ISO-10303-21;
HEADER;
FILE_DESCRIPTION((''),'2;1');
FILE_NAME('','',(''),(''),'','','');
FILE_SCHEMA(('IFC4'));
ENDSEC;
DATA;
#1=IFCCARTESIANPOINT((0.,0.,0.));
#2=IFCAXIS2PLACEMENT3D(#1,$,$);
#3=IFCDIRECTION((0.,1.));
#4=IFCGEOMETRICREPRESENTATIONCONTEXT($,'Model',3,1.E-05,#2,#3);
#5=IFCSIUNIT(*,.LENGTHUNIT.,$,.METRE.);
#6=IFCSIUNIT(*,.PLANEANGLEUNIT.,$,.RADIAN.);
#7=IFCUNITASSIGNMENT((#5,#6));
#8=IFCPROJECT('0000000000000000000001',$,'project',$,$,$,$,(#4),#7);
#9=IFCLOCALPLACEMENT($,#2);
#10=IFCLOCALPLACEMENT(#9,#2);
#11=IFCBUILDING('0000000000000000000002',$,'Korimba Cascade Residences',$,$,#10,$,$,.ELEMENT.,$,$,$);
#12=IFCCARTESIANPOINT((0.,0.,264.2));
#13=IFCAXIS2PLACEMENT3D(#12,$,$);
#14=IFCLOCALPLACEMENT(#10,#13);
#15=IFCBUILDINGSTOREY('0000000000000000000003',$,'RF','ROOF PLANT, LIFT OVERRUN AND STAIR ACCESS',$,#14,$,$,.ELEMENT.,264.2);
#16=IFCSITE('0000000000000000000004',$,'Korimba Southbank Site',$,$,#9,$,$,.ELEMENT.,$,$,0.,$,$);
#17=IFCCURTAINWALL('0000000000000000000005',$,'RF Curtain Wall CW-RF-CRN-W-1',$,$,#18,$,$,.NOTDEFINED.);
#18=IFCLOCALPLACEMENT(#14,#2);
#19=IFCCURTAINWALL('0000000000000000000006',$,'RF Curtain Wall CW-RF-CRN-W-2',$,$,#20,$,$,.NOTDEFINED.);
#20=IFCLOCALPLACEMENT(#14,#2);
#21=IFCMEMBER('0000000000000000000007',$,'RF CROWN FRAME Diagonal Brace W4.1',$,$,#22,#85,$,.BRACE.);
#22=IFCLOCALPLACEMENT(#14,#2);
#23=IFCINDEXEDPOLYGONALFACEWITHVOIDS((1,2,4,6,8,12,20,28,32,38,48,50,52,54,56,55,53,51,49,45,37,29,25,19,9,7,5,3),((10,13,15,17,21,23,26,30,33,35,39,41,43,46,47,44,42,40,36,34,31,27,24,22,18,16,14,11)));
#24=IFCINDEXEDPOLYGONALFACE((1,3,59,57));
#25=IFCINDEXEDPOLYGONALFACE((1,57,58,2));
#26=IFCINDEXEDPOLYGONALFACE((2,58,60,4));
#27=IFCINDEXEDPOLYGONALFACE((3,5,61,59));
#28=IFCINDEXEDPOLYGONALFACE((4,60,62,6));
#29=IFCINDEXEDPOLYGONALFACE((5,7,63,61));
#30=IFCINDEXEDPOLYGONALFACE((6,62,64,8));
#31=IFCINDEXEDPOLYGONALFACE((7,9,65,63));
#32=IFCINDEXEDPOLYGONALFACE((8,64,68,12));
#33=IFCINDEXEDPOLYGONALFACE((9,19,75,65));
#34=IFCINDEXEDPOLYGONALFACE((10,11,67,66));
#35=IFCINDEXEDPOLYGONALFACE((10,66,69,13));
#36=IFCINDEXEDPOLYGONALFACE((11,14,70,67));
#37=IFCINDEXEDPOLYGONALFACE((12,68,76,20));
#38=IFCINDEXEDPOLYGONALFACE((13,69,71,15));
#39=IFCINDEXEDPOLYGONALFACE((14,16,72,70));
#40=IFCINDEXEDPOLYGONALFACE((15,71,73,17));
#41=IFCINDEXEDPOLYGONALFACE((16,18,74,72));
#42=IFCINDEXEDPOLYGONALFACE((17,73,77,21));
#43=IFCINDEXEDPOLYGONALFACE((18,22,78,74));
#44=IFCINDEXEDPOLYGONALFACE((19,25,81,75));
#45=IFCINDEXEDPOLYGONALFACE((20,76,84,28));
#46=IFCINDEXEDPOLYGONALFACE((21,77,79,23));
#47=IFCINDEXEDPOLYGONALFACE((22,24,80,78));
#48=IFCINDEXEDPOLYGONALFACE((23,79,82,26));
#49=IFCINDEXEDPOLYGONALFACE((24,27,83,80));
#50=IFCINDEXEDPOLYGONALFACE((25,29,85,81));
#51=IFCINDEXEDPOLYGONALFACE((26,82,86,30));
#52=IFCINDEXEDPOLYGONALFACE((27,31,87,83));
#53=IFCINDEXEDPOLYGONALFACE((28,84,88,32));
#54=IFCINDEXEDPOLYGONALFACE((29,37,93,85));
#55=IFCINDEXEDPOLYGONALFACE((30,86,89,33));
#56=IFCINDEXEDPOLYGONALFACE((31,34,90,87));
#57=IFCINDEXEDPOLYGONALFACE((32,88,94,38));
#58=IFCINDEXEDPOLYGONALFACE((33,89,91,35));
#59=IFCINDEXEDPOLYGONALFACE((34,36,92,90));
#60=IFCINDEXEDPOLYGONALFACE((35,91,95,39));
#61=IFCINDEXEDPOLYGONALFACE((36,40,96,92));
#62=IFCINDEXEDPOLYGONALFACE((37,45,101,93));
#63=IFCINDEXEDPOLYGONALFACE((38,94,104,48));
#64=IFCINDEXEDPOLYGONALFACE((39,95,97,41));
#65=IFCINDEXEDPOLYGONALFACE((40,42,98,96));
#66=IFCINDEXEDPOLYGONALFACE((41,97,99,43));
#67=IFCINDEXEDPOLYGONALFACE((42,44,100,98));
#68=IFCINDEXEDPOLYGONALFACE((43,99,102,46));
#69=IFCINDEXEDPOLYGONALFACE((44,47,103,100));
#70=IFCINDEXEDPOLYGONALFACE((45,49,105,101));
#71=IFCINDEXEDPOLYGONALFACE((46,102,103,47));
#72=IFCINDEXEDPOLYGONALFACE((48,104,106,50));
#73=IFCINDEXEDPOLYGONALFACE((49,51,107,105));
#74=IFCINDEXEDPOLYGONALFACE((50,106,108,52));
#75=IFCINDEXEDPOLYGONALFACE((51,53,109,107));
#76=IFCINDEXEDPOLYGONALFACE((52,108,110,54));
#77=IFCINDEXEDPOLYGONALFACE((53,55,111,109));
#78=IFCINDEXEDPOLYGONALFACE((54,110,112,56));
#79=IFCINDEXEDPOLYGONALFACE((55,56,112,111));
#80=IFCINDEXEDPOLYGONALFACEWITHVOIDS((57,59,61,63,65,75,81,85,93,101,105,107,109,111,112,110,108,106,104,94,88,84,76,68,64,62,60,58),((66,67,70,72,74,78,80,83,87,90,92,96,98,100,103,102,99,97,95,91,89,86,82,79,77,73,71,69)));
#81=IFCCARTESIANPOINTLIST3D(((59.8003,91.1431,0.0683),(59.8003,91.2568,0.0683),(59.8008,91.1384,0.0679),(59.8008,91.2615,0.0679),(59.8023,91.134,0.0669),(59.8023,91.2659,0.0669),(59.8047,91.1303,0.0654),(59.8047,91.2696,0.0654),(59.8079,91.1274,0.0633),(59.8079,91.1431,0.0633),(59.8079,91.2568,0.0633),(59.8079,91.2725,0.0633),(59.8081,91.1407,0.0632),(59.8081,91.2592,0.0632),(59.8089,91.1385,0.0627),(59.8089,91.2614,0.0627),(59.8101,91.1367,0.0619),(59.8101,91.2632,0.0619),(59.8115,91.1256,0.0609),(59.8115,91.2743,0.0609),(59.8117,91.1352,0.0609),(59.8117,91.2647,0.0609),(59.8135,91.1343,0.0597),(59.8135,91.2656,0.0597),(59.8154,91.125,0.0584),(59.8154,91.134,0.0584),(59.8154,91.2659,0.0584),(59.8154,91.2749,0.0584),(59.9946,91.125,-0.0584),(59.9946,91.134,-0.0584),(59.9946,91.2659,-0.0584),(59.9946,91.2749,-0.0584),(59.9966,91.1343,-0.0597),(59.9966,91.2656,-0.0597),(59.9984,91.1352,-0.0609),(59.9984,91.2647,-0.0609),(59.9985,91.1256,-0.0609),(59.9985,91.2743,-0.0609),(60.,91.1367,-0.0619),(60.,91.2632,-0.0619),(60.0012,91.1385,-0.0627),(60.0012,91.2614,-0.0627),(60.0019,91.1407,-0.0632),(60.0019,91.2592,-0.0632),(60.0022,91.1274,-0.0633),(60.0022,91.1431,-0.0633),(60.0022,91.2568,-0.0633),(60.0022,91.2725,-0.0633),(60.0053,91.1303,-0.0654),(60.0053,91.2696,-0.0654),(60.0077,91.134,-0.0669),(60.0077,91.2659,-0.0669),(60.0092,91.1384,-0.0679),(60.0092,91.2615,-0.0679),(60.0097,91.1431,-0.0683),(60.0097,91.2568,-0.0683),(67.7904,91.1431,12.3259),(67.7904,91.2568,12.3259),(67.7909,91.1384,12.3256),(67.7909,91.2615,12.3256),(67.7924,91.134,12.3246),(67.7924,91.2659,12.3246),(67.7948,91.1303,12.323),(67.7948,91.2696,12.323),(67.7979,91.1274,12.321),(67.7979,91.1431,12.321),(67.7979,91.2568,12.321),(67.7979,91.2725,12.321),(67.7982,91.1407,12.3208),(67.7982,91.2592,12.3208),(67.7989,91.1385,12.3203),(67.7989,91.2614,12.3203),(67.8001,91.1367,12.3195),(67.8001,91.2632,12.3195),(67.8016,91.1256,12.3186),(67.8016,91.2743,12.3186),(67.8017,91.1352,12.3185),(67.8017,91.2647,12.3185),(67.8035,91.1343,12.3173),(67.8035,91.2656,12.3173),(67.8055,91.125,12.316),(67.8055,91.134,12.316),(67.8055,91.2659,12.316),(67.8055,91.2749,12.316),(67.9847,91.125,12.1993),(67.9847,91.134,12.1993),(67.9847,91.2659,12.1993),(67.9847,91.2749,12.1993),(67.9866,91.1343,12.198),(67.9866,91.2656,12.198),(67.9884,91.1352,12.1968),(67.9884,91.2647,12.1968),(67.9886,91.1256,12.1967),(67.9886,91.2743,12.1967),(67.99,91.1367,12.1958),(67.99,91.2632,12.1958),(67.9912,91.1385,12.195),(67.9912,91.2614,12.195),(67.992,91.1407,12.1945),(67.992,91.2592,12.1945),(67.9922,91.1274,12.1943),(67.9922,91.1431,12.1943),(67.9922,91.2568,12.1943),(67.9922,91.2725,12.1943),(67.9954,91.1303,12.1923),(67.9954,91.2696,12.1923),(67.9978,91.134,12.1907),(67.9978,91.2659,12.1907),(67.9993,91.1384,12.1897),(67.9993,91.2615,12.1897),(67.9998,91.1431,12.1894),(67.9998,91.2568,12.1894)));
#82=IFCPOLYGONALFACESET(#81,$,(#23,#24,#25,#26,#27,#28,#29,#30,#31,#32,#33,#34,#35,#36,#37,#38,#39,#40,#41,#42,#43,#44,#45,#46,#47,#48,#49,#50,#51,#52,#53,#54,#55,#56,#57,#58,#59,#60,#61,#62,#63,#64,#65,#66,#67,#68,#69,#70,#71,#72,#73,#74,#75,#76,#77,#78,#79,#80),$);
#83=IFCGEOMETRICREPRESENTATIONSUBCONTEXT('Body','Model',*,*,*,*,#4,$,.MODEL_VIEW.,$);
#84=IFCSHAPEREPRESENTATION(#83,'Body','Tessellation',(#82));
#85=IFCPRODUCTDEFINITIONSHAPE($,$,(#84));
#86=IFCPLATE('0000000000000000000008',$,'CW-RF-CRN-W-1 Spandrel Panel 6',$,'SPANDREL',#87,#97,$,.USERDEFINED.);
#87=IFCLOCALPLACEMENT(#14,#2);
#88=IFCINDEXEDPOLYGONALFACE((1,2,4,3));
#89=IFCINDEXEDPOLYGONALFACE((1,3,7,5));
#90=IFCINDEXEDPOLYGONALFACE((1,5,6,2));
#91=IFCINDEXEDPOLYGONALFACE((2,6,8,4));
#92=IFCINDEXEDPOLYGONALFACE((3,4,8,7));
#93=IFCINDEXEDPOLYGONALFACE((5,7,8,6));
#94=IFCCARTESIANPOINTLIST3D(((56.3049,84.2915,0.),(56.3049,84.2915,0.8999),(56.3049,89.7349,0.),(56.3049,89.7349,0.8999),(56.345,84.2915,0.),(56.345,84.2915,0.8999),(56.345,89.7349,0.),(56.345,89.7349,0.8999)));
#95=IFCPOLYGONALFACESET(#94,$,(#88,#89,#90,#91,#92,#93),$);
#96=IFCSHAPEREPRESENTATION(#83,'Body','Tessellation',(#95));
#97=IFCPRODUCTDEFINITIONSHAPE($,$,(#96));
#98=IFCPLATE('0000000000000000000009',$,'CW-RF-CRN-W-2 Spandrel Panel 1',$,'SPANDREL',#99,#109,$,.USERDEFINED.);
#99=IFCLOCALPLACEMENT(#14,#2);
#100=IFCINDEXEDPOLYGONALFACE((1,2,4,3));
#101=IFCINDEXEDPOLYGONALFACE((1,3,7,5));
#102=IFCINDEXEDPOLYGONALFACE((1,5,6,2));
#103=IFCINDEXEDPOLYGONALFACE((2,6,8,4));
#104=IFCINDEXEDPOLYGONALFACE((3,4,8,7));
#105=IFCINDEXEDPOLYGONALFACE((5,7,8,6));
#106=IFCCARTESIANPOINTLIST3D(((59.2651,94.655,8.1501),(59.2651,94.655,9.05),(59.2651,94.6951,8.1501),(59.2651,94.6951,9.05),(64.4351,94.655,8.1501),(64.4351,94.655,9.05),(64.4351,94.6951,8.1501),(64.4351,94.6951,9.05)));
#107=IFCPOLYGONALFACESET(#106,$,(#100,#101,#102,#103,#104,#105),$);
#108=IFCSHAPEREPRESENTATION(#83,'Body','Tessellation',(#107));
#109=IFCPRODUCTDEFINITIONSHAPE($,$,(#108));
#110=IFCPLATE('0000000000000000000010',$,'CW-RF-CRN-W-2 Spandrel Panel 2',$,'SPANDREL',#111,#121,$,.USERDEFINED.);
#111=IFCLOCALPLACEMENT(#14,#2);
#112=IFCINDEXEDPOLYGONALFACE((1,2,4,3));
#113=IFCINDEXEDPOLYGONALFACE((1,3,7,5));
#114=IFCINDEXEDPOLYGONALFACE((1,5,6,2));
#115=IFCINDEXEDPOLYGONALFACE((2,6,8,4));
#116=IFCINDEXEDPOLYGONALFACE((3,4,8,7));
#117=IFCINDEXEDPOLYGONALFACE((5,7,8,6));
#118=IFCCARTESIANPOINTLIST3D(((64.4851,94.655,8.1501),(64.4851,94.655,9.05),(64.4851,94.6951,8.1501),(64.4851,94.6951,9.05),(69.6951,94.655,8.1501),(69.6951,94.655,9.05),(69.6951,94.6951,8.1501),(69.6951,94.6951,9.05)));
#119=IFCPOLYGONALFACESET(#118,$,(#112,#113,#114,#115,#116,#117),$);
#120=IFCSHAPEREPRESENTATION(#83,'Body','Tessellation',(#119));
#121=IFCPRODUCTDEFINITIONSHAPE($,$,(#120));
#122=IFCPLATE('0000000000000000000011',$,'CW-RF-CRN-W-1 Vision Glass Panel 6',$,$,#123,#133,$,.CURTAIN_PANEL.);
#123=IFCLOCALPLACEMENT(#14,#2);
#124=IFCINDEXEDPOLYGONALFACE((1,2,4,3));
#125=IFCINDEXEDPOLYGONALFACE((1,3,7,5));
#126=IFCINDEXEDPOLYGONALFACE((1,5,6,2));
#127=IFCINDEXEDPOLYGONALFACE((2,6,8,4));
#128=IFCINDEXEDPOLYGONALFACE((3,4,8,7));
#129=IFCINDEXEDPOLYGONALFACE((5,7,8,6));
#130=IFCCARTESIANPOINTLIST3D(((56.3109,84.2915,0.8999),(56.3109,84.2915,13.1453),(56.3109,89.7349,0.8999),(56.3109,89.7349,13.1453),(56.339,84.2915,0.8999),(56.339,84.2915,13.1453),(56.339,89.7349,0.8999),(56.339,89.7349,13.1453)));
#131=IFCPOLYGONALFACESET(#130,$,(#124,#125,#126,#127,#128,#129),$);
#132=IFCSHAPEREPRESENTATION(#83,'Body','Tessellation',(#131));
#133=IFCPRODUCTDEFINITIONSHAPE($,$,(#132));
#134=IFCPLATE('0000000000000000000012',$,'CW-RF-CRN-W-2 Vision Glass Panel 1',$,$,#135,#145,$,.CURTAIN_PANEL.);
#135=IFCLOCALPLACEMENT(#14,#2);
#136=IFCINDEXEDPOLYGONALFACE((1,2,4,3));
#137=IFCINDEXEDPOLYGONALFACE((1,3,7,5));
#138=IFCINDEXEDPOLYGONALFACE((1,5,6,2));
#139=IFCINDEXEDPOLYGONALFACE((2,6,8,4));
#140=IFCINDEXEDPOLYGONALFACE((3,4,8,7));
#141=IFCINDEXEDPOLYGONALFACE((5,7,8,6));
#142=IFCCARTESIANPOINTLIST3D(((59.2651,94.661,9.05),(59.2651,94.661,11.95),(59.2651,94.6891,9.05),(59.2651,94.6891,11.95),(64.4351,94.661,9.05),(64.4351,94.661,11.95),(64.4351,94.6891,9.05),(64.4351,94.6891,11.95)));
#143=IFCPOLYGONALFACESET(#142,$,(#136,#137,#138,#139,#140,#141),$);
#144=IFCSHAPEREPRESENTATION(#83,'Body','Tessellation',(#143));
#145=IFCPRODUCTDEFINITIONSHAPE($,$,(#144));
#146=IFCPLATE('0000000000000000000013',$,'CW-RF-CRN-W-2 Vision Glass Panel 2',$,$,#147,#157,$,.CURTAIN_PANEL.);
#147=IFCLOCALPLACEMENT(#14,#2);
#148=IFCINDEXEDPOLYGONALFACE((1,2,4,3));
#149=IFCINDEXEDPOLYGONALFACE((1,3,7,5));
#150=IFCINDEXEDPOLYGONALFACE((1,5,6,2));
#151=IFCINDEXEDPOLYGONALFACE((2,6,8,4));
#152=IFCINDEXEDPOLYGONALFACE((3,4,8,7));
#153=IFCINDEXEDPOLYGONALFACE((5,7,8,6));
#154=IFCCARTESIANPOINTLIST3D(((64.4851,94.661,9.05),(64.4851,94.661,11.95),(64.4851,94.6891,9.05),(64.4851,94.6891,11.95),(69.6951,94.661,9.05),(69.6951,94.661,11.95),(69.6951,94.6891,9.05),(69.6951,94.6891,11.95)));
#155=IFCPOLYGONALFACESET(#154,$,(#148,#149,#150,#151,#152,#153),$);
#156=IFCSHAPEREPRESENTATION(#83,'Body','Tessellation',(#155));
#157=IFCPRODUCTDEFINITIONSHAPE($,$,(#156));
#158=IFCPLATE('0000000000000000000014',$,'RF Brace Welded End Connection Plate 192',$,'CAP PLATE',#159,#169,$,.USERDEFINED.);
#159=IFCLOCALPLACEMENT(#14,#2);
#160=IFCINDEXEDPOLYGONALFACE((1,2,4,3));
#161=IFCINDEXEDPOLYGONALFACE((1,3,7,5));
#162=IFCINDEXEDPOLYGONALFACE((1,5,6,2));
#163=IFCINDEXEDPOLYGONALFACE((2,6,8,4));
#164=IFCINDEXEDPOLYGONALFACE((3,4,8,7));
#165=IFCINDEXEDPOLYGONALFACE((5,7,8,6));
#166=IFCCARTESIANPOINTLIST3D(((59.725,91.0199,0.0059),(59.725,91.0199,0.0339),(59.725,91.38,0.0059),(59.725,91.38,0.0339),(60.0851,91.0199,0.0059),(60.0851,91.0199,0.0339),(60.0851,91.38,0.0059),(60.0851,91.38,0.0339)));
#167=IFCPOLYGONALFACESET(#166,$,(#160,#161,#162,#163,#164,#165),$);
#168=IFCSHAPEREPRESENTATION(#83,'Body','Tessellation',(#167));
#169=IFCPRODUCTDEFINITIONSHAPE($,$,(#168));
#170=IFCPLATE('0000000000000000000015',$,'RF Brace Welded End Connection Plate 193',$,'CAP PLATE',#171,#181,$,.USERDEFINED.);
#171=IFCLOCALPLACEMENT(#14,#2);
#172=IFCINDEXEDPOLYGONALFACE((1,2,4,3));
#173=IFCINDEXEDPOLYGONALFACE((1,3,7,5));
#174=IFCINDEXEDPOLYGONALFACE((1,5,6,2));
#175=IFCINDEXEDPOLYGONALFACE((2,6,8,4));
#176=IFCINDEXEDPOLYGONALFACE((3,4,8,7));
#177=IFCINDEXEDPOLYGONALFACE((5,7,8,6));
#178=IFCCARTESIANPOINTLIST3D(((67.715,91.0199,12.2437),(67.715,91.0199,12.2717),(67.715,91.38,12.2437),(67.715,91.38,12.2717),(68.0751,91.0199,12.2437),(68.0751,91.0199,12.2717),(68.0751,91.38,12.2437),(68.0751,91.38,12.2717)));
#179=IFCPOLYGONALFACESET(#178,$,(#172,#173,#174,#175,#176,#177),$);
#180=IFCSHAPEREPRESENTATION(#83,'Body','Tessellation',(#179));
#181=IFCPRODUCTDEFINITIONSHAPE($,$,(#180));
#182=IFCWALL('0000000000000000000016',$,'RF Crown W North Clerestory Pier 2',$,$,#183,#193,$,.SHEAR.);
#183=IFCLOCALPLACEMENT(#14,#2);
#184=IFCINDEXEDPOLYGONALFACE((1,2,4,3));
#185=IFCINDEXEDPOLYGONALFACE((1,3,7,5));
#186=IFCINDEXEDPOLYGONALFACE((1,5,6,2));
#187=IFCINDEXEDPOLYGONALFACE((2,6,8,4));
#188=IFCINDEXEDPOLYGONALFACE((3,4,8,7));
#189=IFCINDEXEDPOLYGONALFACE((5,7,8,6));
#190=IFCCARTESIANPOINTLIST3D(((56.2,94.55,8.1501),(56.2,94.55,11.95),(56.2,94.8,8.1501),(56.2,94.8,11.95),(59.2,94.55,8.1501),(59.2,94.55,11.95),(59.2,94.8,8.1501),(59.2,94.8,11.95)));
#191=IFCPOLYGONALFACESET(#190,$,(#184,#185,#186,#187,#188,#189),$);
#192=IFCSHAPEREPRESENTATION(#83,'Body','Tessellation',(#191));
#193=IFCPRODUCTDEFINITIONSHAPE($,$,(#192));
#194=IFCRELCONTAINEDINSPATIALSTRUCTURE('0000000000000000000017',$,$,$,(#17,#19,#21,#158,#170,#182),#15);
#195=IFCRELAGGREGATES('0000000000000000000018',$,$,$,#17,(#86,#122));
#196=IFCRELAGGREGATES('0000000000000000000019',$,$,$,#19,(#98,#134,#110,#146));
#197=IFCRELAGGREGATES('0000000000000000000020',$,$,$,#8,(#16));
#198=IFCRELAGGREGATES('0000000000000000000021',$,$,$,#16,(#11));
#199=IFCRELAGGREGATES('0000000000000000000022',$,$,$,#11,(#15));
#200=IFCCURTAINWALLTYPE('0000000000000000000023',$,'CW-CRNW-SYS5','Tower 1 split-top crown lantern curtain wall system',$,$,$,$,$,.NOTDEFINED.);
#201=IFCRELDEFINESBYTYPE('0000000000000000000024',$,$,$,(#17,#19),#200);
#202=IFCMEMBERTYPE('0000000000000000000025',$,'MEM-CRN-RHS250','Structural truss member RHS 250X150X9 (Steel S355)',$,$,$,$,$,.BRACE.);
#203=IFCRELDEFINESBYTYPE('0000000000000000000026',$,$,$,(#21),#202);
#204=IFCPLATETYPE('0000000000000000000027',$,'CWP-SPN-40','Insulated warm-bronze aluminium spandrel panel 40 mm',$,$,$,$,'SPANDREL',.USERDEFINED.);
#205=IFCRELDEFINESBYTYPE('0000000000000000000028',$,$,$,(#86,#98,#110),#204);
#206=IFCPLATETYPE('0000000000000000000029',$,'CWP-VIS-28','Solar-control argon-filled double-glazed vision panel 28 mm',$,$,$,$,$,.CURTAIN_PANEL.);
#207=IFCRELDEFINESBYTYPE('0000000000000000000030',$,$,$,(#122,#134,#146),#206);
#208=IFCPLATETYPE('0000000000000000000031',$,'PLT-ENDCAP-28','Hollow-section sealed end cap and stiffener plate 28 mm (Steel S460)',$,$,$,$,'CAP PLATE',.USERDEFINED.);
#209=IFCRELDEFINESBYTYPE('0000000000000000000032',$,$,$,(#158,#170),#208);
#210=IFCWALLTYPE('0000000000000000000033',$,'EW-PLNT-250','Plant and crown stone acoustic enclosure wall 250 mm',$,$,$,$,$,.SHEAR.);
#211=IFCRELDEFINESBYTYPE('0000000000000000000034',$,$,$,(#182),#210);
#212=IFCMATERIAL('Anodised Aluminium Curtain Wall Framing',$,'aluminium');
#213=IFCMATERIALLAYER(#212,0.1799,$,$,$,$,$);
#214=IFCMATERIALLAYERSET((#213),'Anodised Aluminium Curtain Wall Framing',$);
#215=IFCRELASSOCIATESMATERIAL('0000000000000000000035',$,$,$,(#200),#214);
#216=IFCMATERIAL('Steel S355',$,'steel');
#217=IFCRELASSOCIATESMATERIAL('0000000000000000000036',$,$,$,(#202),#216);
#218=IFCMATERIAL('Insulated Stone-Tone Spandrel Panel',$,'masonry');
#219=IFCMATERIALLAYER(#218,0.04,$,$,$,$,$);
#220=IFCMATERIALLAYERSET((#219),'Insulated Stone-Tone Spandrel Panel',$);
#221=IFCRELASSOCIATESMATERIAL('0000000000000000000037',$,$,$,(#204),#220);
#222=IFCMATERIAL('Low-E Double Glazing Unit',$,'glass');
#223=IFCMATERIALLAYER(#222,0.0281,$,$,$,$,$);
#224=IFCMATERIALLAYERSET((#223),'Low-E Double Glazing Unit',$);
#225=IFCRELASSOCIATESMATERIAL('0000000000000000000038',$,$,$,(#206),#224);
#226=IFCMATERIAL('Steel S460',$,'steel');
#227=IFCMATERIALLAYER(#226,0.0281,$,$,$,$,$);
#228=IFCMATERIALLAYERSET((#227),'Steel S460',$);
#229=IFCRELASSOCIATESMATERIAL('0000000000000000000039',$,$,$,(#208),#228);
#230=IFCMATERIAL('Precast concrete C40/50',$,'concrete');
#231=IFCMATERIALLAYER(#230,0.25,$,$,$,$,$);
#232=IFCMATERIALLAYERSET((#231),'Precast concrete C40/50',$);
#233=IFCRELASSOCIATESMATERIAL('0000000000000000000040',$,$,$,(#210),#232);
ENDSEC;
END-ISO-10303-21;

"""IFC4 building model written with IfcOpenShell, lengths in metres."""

from ifc_helpers import new_model, si_unit, direction, frame, frame_2d, origin, origin_2d, place, context, subcontext, project, spatial, rectangle, hollow_rectangle, extrude, material, layer, layer_set, material_profile, profile_set, type_object, element, aggregate, save


model = new_model("IFC4")

# Units and contexts
model_context = context("Model", 3, precision=1e-05, world=origin(), true_north=direction((0.0, 1.0)))
body_context = subcontext(model_context, "Body", "Model", "MODEL_VIEW")
ifc_project = project(units=[si_unit("LENGTHUNIT", "METRE"), si_unit("PLANEANGLEUNIT", "RADIAN")], contexts=[model_context])

# Site, building, storey
site_placement = place(None, origin())
site = spatial("IfcSite", under=ifc_project, at=site_placement, Name="Korimba Southbank Site", CompositionType="ELEMENT", RefElevation=0.0)
building_placement = place(site_placement, origin())
building = spatial("IfcBuilding", under=site, at=building_placement, Name="Korimba Cascade Residences", CompositionType="ELEMENT")
storey_placement = place(building_placement, frame((0.0, 0.0, 264.2)))
storey = spatial("IfcBuildingStorey", under=building, at=storey_placement, Name="RF", Description="ROOF PLANT, LIFT OVERRUN AND STAIR ACCESS", CompositionType="ELEMENT", Elevation=264.2)

# Shared definitions
ifc_material_1 = material(Name="Steel S355", Category="steel")

# Curtain wall
ifc_material_2 = material(Name="Anodised Aluminium Curtain Wall Framing", Category="aluminium")
ifc_layer_1 = layer(ifc_material_2, 0.1799)
ifc_layer_set_1 = layer_set([ifc_layer_1], Name="Anodised Aluminium Curtain Wall Framing")
curtain_wall_type = type_object("IfcCurtainWallType", Name="CW-CRNW-SYS5", Description="Tower 1 split-top crown lantern curtain wall system", PredefinedType="NOTDEFINED", material=ifc_layer_set_1)
curtain_wall_1_placement = place(storey_placement, origin())
curtain_wall_1 = element("IfcCurtainWall", 1, at=curtain_wall_1_placement, inside=storey, type_object=curtain_wall_type, Name="RF Curtain Wall CW-RF-CRN-W-1", PredefinedType="NOTDEFINED")

# Curtain wall
curtain_wall_2_placement = place(storey_placement, origin())
curtain_wall_2 = element("IfcCurtainWall", 2, at=curtain_wall_2_placement, inside=storey, type_object=curtain_wall_type, Name="RF Curtain Wall CW-RF-CRN-W-2", PredefinedType="NOTDEFINED")

# Member
ifc_material_profile_1 = material_profile(ifc_material_1, hollow_rectangle(XDim=0.1499, YDim=0.25, WallThickness=0.009, InnerFilletRadius=0.009, OuterFilletRadius=0.0181, at=origin_2d()), Name="Steel S355")
ifc_profile_set_1 = profile_set([ifc_material_profile_1], Name="Steel S355")
member_type_1 = type_object("IfcMemberType", Name="MEM-CRN-RHS250", Description="Structural truss member RHS 250X150X9 (Steel S355)", PredefinedType="BRACE", material=ifc_profile_set_1)
member_1_placement = place(storey_placement, frame((59.905, 91.2, 0.0), z_axis=(0.546072, 0.0, 0.837738), x_axis=(0.0, 1.0, 0.0)))
element("IfcMember", 3, at=member_1_placement, inside=storey, type_object=member_type_1, Name="RF CROWN FRAME Diagonal Brace W4.1", PredefinedType="BRACE", context=body_context, shape_type="SweptSolid", body=[
    extrude(hollow_rectangle(XDim=0.1499, YDim=0.25, WallThickness=0.009, InnerFilletRadius=0.009, OuterFilletRadius=0.0181, at=origin_2d()), origin(), (0.0, 0.0, 1.0), 14.6318),
])

# Plates
ifc_material_3 = material(Name="Insulated Stone-Tone Spandrel Panel", Category="masonry")
ifc_layer_2 = layer(ifc_material_3, 0.04)
ifc_layer_set_2 = layer_set([ifc_layer_2], Name="Insulated Stone-Tone Spandrel Panel")
plate_type_1 = type_object("IfcPlateType", Name="CWP-SPN-40", Description="Insulated warm-bronze aluminium spandrel panel 40 mm", ElementType="SPANDREL", PredefinedType="USERDEFINED", material=ifc_layer_set_2)
plate_1_placement = place(storey_placement, frame((56.325, 87.0132, 0.0), z_axis=(0.0, 0.0, 1.0), x_axis=(0.0, 1.0, 0.0)))
plate_1 = element("IfcPlate", 4, at=plate_1_placement, type_object=plate_type_1, Name="CW-RF-CRN-W-1 Spandrel Panel 6", ObjectType="SPANDREL", PredefinedType="USERDEFINED", context=body_context, shape_type="SweptSolid", body=[
    extrude(rectangle(XDim=5.4434, YDim=0.04, at=origin_2d()), origin(), (0.0, 0.0, 1.0), 0.8999),
])
plate_2_placement = place(storey_placement, frame((61.8501, 94.675, 8.1501), z_axis=(0.0, 0.0, 1.0), x_axis=(1.0, 0.0, 0.0)))
plate_2 = element("IfcPlate", 5, at=plate_2_placement, type_object=plate_type_1, Name="CW-RF-CRN-W-2 Spandrel Panel 1", ObjectType="SPANDREL", PredefinedType="USERDEFINED", context=body_context, shape_type="SweptSolid", body=[
    extrude(rectangle(XDim=5.1699, YDim=0.04, at=origin_2d()), origin(), (0.0, 0.0, 1.0), 0.8999),
])
plate_3_placement = place(storey_placement, frame((67.0901, 94.675, 8.1501), z_axis=(0.0, 0.0, 1.0), x_axis=(1.0, 0.0, 0.0)))
plate_3 = element("IfcPlate", 6, at=plate_3_placement, type_object=plate_type_1, Name="CW-RF-CRN-W-2 Spandrel Panel 2", ObjectType="SPANDREL", PredefinedType="USERDEFINED", context=body_context, shape_type="SweptSolid", body=[
    extrude(rectangle(XDim=5.21, YDim=0.04, at=origin_2d()), origin(), (0.0, 0.0, 1.0), 0.8999),
])
ifc_material_4 = material(Name="Low-E Double Glazing Unit", Category="glass")
ifc_layer_3 = layer(ifc_material_4, 0.0281)
ifc_layer_set_3 = layer_set([ifc_layer_3], Name="Low-E Double Glazing Unit")
plate_type_2 = type_object("IfcPlateType", Name="CWP-VIS-28", Description="Solar-control argon-filled double-glazed vision panel 28 mm", PredefinedType="CURTAIN_PANEL", material=ifc_layer_set_3)
plate_4_placement = place(storey_placement, frame((56.325, 87.0132, 0.8999), z_axis=(0.0, 0.0, 1.0), x_axis=(0.0, 1.0, 0.0)))
plate_4 = element("IfcPlate", 7, at=plate_4_placement, type_object=plate_type_2, Name="CW-RF-CRN-W-1 Vision Glass Panel 6", PredefinedType="CURTAIN_PANEL", context=body_context, shape_type="SweptSolid", body=[
    extrude(rectangle(XDim=5.4434, YDim=0.0281, at=origin_2d()), origin(), (0.0, 0.0, 1.0), 12.2454),
])
aggregate(curtain_wall_1, [plate_1, plate_4])
plate_5_placement = place(storey_placement, frame((61.8501, 94.675, 9.05), z_axis=(0.0, 0.0, 1.0), x_axis=(1.0, 0.0, 0.0)))
plate_5 = element("IfcPlate", 8, at=plate_5_placement, type_object=plate_type_2, Name="CW-RF-CRN-W-2 Vision Glass Panel 1", PredefinedType="CURTAIN_PANEL", context=body_context, shape_type="SweptSolid", body=[
    extrude(rectangle(XDim=5.1699, YDim=0.0281, at=origin_2d()), origin(), (0.0, 0.0, 1.0), 2.8999),
])
plate_6_placement = place(storey_placement, frame((67.0901, 94.675, 9.05), z_axis=(0.0, 0.0, 1.0), x_axis=(1.0, 0.0, 0.0)))
plate_6 = element("IfcPlate", 9, at=plate_6_placement, type_object=plate_type_2, Name="CW-RF-CRN-W-2 Vision Glass Panel 2", PredefinedType="CURTAIN_PANEL", context=body_context, shape_type="SweptSolid", body=[
    extrude(rectangle(XDim=5.21, YDim=0.0281, at=origin_2d()), origin(), (0.0, 0.0, 1.0), 2.8999),
])
aggregate(curtain_wall_2, [plate_2, plate_5, plate_3, plate_6])

# Plates
ifc_material_5 = material(Name="Steel S460", Category="steel")
ifc_layer_4 = layer(ifc_material_5, 0.0281)
ifc_layer_set_4 = layer_set([ifc_layer_4], Name="Steel S460")
plate_type_3 = type_object("IfcPlateType", Name="PLT-ENDCAP-28", Description="Hollow-section sealed end cap and stiffener plate 28 mm (Steel S460)", ElementType="CAP PLATE", PredefinedType="USERDEFINED", material=ifc_layer_set_4)
for number, where, z_axis, x_axis, name in (
    (10, (59.905, 91.2, 0.0059), (0.0, 0.0, 1.0), (1.0, 0.0, 0.0), "RF Brace Welded End Connection Plate 192"),
    (11, (67.895, 91.2, 12.2437), (0.0, 0.0, 1.0), (1.0, 0.0, 0.0), "RF Brace Welded End Connection Plate 193"),
):
    element("IfcPlate", number, at=place(storey_placement, frame(where, z_axis=z_axis, x_axis=x_axis)), inside=storey, type_object=plate_type_3, Name=name, ObjectType="CAP PLATE", PredefinedType="USERDEFINED", context=body_context, shape_type="SweptSolid", body=[
        extrude(rectangle(XDim=0.3601, YDim=0.3601, at=origin_2d()), origin(), (0.0, 0.0, 1.0), 0.0281),
    ])

# Wall
ifc_material_6 = material(Name="Precast concrete C40/50", Category="concrete")
ifc_layer_5 = layer(ifc_material_6, 0.25)
ifc_layer_set_5 = layer_set([ifc_layer_5], Name="Precast concrete C40/50")
wall_type = type_object("IfcWallType", Name="EW-PLNT-250", Description="Plant and crown stone acoustic enclosure wall 250 mm", PredefinedType="SHEAR", material=ifc_layer_set_5)
wall_1_placement = place(storey_placement, frame((59.2, 94.675, 8.1501), z_axis=(0.0, 0.0, 1.0), x_axis=(-1.0, 0.0, 0.0)))
element("IfcWall", 12, at=wall_1_placement, inside=storey, type_object=wall_type, Name="RF Crown W North Clerestory Pier 2", PredefinedType="SHEAR", context=body_context, shape_type="SweptSolid", body=[
    extrude(rectangle(XDim=3.0, YDim=0.25, at=frame_2d((1.5, 0.0))), origin(), (0.0, 0.0, 1.0), 3.7998),
])

save(model, "model.ifc")
